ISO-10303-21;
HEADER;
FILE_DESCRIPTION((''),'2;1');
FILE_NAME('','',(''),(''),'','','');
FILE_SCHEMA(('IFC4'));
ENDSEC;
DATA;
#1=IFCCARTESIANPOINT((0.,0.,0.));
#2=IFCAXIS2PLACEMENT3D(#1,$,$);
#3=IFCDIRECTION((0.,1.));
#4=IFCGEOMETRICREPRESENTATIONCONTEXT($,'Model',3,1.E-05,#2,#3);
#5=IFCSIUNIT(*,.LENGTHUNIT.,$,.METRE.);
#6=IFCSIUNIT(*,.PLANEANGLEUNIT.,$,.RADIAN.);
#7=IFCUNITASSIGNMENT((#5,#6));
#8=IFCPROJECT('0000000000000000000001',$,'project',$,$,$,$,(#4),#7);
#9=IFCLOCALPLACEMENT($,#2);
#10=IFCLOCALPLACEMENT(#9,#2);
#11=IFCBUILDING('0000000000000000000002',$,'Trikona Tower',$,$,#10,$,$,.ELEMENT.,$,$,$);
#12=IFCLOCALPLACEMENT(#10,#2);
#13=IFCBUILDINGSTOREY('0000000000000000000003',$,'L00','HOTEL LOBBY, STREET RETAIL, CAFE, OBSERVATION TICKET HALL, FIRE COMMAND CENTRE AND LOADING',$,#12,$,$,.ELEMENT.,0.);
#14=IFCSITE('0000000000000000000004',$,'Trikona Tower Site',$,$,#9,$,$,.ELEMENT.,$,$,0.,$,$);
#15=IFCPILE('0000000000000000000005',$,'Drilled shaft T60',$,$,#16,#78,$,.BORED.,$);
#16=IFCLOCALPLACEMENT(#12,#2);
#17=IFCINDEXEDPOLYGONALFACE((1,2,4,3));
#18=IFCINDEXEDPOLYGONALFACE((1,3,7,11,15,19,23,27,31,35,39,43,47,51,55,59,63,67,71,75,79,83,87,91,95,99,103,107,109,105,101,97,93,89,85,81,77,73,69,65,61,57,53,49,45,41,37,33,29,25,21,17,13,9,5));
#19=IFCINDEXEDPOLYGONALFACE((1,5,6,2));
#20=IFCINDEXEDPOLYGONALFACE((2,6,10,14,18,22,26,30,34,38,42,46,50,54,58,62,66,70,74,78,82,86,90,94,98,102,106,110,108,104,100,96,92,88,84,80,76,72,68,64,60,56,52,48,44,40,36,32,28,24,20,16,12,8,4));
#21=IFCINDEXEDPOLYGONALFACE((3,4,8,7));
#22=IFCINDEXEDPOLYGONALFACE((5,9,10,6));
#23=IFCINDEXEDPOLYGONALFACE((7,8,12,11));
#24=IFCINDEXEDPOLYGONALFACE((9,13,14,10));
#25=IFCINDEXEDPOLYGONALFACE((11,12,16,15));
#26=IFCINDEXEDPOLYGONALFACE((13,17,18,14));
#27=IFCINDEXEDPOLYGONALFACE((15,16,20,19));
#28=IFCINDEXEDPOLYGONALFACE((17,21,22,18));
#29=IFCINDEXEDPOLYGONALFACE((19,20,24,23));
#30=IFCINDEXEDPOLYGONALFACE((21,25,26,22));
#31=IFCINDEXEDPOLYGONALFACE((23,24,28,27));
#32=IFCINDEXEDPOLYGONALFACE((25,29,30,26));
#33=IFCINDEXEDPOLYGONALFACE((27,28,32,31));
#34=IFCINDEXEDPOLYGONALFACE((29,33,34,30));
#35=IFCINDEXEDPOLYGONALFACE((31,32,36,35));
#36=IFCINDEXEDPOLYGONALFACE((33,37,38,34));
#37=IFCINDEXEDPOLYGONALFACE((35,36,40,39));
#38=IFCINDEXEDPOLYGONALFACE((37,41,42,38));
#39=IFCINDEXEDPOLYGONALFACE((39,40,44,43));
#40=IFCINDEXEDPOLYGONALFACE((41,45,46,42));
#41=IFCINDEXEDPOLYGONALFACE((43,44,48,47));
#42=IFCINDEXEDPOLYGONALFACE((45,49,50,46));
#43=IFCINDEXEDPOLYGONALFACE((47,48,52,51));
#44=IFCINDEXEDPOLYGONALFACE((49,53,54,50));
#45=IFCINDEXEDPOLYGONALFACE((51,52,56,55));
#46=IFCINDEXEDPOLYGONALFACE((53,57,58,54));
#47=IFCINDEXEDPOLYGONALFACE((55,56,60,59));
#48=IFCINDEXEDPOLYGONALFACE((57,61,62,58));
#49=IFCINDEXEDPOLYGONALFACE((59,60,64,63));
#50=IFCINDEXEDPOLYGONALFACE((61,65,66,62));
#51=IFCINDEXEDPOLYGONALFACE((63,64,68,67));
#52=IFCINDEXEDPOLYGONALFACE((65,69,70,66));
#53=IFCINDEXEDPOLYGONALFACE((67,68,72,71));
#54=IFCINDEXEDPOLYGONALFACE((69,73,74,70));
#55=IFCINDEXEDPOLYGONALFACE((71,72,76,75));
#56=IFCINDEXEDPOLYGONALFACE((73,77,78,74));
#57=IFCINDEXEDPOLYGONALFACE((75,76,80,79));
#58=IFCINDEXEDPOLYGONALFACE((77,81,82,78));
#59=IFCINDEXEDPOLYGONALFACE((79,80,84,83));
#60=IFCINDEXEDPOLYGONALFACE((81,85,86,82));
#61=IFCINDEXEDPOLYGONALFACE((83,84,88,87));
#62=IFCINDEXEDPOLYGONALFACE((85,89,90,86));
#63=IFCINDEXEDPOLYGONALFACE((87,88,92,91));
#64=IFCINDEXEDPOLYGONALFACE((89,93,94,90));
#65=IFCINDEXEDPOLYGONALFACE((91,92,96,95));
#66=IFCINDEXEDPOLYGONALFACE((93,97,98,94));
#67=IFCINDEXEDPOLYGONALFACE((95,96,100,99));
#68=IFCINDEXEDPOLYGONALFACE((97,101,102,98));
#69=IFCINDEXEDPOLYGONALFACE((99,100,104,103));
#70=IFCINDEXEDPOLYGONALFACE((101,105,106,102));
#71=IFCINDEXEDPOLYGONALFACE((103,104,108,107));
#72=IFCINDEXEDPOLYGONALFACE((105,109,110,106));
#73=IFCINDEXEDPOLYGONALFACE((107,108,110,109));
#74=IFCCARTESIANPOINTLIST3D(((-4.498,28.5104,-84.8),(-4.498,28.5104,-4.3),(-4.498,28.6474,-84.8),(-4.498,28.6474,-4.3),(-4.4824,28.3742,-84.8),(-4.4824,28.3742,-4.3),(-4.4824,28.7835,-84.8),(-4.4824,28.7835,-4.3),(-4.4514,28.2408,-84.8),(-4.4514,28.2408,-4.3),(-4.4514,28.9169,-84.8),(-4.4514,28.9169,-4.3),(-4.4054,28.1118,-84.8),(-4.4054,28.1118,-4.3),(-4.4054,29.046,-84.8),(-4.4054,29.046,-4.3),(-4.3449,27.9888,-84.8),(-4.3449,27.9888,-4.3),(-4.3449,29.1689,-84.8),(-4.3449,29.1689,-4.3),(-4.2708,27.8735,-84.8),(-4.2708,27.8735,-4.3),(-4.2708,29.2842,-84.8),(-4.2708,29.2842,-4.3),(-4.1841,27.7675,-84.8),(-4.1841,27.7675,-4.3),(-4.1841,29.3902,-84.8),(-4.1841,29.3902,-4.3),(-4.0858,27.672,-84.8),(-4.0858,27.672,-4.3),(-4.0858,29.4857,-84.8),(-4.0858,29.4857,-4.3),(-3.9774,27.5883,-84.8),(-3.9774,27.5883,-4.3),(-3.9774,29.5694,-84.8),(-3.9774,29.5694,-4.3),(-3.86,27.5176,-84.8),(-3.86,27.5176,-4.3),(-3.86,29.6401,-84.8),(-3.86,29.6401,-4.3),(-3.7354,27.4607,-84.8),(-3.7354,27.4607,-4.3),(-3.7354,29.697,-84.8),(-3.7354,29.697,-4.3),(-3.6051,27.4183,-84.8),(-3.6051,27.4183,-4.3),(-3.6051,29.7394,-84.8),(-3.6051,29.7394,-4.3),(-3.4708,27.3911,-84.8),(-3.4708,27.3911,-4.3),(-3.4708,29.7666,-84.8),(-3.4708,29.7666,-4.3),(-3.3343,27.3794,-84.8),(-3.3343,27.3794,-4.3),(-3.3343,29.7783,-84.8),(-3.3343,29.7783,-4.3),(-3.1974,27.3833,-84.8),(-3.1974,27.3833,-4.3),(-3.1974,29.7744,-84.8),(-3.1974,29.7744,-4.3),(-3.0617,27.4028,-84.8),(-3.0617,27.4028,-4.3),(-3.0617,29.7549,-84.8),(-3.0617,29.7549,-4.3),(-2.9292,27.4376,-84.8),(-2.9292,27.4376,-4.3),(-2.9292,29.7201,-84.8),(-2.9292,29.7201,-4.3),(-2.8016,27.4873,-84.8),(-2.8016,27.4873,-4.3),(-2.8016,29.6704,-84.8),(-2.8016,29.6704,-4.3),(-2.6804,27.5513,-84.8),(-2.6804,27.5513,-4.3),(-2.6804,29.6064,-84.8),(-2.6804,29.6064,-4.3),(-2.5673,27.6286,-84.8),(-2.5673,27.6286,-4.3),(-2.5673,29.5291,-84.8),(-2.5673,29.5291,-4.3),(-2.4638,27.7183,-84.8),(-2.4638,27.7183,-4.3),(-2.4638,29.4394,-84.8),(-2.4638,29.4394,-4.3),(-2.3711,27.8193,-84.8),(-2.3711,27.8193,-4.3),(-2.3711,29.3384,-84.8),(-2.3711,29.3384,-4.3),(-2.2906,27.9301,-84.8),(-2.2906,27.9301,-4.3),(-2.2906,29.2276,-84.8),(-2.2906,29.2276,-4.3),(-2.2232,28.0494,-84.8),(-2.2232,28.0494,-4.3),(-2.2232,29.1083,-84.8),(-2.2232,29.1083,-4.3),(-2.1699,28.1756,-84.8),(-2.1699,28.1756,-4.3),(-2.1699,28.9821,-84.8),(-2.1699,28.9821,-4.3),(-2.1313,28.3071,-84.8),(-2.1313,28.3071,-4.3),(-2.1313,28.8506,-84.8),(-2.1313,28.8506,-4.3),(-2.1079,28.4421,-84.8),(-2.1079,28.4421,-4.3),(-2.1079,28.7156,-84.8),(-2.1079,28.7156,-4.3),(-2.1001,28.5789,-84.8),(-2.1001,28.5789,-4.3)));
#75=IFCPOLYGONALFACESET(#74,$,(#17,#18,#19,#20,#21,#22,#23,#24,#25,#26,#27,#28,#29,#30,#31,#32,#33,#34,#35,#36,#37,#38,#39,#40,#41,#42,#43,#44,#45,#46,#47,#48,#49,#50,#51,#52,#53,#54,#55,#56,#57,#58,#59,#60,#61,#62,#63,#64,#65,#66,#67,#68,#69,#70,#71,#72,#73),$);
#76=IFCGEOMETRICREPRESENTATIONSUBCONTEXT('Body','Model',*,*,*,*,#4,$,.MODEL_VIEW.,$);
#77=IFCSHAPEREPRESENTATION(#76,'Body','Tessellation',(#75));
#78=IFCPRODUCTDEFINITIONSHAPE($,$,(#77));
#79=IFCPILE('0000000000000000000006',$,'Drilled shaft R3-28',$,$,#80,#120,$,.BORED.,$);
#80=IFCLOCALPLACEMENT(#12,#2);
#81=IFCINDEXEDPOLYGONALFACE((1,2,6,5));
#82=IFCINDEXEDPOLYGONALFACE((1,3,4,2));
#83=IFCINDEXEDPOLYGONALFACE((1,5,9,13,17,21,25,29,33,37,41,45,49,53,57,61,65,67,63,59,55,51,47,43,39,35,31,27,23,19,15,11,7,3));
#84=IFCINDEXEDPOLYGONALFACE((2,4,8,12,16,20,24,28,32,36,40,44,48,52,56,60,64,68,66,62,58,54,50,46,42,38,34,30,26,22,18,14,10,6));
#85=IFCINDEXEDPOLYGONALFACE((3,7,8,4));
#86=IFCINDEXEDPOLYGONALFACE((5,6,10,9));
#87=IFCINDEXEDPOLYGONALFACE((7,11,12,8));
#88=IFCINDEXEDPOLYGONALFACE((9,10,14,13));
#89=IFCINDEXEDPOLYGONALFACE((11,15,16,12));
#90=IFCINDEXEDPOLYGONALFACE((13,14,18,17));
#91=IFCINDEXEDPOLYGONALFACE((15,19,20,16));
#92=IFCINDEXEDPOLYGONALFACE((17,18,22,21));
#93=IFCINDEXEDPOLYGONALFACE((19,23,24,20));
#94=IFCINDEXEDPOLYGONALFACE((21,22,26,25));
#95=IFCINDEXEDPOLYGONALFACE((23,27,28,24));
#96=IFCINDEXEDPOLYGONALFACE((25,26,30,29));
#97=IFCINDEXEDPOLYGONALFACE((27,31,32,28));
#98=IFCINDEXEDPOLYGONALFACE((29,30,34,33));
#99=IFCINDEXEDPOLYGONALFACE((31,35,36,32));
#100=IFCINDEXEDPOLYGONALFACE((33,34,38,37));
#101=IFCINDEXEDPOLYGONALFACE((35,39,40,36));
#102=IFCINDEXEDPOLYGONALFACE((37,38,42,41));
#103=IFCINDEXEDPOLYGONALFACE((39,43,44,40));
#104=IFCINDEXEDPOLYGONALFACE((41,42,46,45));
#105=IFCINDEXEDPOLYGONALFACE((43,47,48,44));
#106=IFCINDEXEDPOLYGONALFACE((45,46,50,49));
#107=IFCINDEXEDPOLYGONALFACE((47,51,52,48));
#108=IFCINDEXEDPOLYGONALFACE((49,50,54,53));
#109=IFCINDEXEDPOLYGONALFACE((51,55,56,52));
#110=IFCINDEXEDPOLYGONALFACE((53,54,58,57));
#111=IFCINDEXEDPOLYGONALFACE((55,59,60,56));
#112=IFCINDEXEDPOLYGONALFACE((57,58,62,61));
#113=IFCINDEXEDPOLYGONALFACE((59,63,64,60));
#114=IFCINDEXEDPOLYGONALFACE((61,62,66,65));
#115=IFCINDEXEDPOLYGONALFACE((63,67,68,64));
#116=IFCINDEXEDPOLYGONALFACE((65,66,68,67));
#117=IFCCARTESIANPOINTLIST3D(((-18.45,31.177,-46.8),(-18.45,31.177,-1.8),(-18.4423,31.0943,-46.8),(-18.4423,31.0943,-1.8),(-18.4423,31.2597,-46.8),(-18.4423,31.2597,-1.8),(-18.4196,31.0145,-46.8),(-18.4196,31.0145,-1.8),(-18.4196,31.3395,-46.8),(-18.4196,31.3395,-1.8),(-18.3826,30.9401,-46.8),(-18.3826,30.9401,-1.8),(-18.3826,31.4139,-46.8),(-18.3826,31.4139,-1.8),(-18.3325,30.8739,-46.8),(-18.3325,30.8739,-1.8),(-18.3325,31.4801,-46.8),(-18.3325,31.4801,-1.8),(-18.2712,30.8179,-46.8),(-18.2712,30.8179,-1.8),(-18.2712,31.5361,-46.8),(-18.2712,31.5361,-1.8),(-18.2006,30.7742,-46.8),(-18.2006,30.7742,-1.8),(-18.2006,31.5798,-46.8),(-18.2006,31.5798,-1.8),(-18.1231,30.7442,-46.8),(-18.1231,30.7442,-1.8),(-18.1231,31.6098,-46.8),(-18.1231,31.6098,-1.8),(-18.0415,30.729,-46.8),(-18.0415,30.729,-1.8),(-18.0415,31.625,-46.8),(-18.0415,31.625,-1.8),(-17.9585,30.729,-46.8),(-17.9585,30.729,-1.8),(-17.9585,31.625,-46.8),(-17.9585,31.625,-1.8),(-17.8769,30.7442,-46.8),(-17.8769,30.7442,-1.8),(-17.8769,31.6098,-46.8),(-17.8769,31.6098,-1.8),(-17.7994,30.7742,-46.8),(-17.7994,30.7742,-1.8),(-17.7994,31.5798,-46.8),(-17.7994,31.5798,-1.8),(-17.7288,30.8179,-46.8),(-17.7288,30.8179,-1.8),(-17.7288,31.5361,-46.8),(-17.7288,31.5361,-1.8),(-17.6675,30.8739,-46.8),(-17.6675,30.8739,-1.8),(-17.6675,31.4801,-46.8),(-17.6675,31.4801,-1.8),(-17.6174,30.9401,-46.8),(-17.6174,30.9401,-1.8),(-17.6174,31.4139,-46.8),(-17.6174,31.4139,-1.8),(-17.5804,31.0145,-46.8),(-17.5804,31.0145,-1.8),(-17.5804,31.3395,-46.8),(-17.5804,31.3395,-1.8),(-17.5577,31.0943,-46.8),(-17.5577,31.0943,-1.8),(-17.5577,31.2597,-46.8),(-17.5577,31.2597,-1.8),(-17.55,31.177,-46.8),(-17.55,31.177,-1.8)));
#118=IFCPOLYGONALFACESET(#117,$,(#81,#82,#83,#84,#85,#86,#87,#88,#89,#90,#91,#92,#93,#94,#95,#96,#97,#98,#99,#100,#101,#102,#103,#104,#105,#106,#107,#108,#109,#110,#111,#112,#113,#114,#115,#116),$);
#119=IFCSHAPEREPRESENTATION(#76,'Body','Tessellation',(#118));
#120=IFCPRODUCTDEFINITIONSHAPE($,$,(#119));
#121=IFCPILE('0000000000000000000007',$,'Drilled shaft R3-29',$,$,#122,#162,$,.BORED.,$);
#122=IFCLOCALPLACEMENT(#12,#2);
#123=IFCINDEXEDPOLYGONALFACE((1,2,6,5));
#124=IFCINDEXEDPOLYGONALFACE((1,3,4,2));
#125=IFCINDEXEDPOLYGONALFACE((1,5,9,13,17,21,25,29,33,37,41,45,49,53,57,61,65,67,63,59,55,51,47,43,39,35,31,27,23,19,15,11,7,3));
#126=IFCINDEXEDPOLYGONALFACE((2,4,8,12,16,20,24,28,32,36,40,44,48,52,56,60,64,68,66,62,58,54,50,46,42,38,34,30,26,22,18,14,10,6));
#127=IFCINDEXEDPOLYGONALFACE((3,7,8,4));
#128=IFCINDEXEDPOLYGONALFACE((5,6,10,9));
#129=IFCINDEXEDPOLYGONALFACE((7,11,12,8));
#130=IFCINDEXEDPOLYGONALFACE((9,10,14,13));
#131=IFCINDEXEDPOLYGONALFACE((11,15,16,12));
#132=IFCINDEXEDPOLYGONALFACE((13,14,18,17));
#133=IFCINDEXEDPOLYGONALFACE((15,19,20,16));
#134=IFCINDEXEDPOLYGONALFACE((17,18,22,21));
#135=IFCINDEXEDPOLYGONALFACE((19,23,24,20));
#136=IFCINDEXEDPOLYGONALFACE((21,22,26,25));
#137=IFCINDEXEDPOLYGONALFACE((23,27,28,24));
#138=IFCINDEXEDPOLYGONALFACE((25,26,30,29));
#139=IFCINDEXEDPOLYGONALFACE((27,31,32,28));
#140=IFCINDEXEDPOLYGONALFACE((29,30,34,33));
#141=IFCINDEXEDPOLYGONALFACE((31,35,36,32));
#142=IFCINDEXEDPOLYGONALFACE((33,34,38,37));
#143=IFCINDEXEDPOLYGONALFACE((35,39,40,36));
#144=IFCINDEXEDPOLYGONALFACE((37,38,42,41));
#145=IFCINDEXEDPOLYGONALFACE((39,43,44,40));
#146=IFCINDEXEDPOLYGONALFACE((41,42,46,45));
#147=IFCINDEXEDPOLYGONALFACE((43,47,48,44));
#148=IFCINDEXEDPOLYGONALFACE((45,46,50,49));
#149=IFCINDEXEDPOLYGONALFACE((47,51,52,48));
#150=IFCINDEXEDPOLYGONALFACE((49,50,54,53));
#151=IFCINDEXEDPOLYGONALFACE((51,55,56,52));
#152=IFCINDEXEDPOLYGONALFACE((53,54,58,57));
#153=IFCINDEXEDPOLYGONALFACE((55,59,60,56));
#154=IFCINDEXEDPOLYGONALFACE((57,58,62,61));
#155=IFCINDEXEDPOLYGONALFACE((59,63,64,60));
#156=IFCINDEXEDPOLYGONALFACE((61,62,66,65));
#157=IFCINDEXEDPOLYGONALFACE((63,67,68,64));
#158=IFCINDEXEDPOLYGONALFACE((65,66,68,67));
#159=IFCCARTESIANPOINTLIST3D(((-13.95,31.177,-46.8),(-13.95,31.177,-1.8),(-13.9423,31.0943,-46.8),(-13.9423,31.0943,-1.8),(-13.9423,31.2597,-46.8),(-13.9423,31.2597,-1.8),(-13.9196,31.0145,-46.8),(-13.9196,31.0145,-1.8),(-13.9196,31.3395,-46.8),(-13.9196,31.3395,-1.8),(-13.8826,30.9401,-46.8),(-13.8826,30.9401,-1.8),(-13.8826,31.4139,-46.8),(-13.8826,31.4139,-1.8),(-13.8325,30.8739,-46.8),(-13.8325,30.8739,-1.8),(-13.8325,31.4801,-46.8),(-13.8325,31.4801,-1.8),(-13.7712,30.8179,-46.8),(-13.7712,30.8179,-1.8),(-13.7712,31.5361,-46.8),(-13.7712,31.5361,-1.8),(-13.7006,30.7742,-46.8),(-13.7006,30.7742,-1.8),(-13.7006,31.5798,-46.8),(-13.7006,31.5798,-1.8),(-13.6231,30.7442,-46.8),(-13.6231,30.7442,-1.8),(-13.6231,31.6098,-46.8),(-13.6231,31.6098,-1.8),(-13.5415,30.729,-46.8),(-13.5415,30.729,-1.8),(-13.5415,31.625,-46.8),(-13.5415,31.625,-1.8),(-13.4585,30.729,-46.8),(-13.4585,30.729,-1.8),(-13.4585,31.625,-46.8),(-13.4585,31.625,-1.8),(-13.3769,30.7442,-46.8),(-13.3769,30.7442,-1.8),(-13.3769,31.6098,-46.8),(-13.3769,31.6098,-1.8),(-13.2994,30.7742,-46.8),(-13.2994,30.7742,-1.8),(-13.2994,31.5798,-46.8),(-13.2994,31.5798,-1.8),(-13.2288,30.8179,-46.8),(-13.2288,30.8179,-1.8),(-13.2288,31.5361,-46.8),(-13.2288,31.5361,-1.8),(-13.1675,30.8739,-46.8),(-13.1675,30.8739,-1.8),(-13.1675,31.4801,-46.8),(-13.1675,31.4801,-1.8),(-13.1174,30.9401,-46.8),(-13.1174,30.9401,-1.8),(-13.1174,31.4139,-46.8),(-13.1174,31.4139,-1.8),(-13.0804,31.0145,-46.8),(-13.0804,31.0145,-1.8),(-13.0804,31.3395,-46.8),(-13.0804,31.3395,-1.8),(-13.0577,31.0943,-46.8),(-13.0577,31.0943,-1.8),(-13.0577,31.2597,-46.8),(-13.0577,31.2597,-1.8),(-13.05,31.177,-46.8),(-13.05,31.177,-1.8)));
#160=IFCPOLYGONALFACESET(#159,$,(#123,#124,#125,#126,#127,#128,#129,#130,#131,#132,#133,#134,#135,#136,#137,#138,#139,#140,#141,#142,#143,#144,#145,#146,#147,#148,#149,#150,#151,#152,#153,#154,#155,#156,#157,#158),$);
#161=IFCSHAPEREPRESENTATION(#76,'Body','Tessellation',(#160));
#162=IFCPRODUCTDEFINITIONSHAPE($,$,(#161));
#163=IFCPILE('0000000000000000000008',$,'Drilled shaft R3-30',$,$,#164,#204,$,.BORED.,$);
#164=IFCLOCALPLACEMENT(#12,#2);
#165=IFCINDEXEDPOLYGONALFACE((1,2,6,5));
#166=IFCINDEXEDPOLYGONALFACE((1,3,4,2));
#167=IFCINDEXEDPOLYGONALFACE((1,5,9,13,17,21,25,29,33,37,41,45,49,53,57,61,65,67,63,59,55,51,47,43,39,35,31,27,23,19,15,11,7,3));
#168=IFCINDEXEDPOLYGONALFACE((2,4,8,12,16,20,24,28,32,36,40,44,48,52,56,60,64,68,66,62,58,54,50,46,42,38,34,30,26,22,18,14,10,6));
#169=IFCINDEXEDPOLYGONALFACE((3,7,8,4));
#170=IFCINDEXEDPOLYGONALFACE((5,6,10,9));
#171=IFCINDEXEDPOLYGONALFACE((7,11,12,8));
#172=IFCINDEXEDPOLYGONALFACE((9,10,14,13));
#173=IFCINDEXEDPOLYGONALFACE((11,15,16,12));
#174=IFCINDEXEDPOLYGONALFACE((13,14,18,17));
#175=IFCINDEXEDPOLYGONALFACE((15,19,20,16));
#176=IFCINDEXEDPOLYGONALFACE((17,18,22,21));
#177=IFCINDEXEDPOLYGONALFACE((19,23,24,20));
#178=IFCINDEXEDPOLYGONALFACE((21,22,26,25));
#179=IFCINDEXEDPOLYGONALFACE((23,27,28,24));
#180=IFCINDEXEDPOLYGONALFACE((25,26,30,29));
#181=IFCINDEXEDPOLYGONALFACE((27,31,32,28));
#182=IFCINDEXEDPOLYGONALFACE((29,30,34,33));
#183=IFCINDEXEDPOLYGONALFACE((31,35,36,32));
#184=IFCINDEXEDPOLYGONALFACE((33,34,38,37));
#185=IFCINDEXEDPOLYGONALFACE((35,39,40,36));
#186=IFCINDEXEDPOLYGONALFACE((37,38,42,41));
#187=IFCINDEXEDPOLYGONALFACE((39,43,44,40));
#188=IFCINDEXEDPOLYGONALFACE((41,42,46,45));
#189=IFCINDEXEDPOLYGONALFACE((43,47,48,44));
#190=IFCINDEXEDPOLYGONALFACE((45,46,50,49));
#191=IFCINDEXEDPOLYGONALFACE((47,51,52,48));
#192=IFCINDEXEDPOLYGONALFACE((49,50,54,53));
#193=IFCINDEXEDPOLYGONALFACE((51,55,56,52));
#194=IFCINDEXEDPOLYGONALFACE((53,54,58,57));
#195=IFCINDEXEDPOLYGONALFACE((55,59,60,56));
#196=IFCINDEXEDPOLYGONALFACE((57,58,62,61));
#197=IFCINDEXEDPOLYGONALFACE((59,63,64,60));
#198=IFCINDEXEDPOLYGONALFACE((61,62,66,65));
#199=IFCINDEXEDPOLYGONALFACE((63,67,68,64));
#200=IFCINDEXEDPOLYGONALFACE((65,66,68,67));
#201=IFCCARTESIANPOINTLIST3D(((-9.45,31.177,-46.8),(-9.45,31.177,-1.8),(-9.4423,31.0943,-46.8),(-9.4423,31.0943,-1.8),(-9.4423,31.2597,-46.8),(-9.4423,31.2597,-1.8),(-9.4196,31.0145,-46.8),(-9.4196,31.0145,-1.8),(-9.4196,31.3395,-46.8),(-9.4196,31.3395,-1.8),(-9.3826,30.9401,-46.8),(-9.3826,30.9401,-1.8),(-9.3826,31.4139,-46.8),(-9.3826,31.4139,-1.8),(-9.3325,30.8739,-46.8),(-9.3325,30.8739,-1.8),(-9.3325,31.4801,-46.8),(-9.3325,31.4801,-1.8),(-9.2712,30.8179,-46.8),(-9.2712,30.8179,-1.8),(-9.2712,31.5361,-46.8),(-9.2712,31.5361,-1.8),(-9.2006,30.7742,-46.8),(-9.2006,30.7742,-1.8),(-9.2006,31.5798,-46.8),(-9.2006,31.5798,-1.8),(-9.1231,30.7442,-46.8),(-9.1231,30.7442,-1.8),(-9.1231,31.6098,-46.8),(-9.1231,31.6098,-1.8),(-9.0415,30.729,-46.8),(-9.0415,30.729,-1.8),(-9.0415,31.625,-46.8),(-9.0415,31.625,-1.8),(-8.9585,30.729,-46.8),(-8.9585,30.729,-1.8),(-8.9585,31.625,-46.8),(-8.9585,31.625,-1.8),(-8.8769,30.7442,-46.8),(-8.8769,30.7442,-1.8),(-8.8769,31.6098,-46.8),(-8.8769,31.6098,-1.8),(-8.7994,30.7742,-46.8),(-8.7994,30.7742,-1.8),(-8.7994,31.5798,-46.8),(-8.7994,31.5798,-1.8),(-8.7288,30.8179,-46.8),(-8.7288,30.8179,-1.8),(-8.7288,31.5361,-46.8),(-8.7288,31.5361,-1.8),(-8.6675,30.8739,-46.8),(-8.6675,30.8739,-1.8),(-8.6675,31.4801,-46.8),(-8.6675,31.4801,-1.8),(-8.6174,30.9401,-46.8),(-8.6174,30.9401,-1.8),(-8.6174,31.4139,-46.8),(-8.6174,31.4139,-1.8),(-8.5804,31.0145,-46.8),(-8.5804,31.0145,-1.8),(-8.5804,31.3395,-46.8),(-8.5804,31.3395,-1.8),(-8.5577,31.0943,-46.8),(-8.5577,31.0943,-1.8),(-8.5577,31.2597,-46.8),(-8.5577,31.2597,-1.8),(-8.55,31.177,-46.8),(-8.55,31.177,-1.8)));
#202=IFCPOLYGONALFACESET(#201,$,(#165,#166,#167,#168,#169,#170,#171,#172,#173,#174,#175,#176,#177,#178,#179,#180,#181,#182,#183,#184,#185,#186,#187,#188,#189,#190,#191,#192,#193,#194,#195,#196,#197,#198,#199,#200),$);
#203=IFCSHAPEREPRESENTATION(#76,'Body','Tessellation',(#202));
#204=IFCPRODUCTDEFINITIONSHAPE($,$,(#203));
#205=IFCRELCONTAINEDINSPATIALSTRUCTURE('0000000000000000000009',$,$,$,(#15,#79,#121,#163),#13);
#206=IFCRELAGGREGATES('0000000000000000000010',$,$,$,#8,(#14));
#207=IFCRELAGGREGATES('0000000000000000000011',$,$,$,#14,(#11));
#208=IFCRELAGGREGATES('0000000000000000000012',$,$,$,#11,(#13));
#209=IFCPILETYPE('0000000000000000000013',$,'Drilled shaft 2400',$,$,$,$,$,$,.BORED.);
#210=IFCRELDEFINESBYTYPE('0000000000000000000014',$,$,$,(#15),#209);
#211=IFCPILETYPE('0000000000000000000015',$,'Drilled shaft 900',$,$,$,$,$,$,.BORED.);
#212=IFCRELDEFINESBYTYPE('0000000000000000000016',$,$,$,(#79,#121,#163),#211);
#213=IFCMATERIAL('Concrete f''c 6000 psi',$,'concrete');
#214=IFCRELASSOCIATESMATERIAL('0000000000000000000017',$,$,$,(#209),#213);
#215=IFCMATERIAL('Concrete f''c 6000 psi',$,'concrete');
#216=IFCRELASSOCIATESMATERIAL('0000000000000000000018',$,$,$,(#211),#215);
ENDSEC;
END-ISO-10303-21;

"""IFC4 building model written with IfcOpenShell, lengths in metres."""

from ifc_helpers import new_model, si_unit, direction, frame, origin, origin_2d, place, context, subcontext, project, spatial, circle, extrude, material, type_object, element, save


model = new_model("IFC4")

# Units and contexts
model_context = context("Model", 3, precision=1e-05, world=origin(), true_north=direction((0.0, 1.0)))
body_context = subcontext(model_context, "Body", "Model", "MODEL_VIEW")
ifc_project = project(units=[si_unit("LENGTHUNIT", "METRE"), si_unit("PLANEANGLEUNIT", "RADIAN")], contexts=[model_context])

# Site, building, storey
site_placement = place(None, origin())
site = spatial("IfcSite", under=ifc_project, at=site_placement, Name="Trikona Tower Site", CompositionType="ELEMENT", RefElevation=0.0)
building_placement = place(site_placement, origin())
building = spatial("IfcBuilding", under=site, at=building_placement, Name="Trikona Tower", CompositionType="ELEMENT")
storey_placement = place(building_placement, origin())
storey = spatial("IfcBuildingStorey", under=building, at=storey_placement, Name="L00", Description="HOTEL LOBBY, STREET RETAIL, CAFE, OBSERVATION TICKET HALL, FIRE COMMAND CENTRE AND LOADING", CompositionType="ELEMENT", Elevation=0.0)

# Piles
ifc_material_1 = material(Name="Concrete f'c 6000 psi", Category="concrete")
pile_type_1 = type_object("IfcPileType", Name="Drilled shaft 2400", PredefinedType="BORED", material=ifc_material_1)
pile_placement = place(storey_placement, frame((-3.3, 28.5789, -4.3), z_axis=(0.0, 0.0, -1.0), x_axis=(1.0, 0.0, 0.0)))
element("IfcPile", 1, at=pile_placement, inside=storey, type_object=pile_type_1, Name="Drilled shaft T60", PredefinedType="BORED", context=body_context, shape_type="SweptSolid", body=[
    extrude(circle(Radius=1.2, at=origin_2d()), origin(), (0.0, 0.0, 1.0), 80.5),
])
ifc_material_2 = material(Name="Concrete f'c 6000 psi", Category="concrete")
pile_type_2 = type_object("IfcPileType", Name="Drilled shaft 900", PredefinedType="BORED", material=ifc_material_2)
for number, where, z_axis, x_axis, name in (
    (2, (-18.0, 31.177, -1.8), (0.0, 0.0, -1.0), (1.0, 0.0, 0.0), "Drilled shaft R3-28"),
    (3, (-13.5, 31.177, -1.8), (0.0, 0.0, -1.0), (1.0, 0.0, 0.0), "Drilled shaft R3-29"),
    (4, (-9.0, 31.177, -1.8), (0.0, 0.0, -1.0), (1.0, 0.0, 0.0), "Drilled shaft R3-30"),
):
    element("IfcPile", number, at=place(storey_placement, frame(where, z_axis=z_axis, x_axis=x_axis)), inside=storey, type_object=pile_type_2, Name=name, PredefinedType="BORED", context=body_context, shape_type="SweptSolid", body=[
        extrude(circle(Radius=0.45, at=origin_2d()), origin(), (0.0, 0.0, 1.0), 45.0),
    ])

save(model, "model.ifc")
